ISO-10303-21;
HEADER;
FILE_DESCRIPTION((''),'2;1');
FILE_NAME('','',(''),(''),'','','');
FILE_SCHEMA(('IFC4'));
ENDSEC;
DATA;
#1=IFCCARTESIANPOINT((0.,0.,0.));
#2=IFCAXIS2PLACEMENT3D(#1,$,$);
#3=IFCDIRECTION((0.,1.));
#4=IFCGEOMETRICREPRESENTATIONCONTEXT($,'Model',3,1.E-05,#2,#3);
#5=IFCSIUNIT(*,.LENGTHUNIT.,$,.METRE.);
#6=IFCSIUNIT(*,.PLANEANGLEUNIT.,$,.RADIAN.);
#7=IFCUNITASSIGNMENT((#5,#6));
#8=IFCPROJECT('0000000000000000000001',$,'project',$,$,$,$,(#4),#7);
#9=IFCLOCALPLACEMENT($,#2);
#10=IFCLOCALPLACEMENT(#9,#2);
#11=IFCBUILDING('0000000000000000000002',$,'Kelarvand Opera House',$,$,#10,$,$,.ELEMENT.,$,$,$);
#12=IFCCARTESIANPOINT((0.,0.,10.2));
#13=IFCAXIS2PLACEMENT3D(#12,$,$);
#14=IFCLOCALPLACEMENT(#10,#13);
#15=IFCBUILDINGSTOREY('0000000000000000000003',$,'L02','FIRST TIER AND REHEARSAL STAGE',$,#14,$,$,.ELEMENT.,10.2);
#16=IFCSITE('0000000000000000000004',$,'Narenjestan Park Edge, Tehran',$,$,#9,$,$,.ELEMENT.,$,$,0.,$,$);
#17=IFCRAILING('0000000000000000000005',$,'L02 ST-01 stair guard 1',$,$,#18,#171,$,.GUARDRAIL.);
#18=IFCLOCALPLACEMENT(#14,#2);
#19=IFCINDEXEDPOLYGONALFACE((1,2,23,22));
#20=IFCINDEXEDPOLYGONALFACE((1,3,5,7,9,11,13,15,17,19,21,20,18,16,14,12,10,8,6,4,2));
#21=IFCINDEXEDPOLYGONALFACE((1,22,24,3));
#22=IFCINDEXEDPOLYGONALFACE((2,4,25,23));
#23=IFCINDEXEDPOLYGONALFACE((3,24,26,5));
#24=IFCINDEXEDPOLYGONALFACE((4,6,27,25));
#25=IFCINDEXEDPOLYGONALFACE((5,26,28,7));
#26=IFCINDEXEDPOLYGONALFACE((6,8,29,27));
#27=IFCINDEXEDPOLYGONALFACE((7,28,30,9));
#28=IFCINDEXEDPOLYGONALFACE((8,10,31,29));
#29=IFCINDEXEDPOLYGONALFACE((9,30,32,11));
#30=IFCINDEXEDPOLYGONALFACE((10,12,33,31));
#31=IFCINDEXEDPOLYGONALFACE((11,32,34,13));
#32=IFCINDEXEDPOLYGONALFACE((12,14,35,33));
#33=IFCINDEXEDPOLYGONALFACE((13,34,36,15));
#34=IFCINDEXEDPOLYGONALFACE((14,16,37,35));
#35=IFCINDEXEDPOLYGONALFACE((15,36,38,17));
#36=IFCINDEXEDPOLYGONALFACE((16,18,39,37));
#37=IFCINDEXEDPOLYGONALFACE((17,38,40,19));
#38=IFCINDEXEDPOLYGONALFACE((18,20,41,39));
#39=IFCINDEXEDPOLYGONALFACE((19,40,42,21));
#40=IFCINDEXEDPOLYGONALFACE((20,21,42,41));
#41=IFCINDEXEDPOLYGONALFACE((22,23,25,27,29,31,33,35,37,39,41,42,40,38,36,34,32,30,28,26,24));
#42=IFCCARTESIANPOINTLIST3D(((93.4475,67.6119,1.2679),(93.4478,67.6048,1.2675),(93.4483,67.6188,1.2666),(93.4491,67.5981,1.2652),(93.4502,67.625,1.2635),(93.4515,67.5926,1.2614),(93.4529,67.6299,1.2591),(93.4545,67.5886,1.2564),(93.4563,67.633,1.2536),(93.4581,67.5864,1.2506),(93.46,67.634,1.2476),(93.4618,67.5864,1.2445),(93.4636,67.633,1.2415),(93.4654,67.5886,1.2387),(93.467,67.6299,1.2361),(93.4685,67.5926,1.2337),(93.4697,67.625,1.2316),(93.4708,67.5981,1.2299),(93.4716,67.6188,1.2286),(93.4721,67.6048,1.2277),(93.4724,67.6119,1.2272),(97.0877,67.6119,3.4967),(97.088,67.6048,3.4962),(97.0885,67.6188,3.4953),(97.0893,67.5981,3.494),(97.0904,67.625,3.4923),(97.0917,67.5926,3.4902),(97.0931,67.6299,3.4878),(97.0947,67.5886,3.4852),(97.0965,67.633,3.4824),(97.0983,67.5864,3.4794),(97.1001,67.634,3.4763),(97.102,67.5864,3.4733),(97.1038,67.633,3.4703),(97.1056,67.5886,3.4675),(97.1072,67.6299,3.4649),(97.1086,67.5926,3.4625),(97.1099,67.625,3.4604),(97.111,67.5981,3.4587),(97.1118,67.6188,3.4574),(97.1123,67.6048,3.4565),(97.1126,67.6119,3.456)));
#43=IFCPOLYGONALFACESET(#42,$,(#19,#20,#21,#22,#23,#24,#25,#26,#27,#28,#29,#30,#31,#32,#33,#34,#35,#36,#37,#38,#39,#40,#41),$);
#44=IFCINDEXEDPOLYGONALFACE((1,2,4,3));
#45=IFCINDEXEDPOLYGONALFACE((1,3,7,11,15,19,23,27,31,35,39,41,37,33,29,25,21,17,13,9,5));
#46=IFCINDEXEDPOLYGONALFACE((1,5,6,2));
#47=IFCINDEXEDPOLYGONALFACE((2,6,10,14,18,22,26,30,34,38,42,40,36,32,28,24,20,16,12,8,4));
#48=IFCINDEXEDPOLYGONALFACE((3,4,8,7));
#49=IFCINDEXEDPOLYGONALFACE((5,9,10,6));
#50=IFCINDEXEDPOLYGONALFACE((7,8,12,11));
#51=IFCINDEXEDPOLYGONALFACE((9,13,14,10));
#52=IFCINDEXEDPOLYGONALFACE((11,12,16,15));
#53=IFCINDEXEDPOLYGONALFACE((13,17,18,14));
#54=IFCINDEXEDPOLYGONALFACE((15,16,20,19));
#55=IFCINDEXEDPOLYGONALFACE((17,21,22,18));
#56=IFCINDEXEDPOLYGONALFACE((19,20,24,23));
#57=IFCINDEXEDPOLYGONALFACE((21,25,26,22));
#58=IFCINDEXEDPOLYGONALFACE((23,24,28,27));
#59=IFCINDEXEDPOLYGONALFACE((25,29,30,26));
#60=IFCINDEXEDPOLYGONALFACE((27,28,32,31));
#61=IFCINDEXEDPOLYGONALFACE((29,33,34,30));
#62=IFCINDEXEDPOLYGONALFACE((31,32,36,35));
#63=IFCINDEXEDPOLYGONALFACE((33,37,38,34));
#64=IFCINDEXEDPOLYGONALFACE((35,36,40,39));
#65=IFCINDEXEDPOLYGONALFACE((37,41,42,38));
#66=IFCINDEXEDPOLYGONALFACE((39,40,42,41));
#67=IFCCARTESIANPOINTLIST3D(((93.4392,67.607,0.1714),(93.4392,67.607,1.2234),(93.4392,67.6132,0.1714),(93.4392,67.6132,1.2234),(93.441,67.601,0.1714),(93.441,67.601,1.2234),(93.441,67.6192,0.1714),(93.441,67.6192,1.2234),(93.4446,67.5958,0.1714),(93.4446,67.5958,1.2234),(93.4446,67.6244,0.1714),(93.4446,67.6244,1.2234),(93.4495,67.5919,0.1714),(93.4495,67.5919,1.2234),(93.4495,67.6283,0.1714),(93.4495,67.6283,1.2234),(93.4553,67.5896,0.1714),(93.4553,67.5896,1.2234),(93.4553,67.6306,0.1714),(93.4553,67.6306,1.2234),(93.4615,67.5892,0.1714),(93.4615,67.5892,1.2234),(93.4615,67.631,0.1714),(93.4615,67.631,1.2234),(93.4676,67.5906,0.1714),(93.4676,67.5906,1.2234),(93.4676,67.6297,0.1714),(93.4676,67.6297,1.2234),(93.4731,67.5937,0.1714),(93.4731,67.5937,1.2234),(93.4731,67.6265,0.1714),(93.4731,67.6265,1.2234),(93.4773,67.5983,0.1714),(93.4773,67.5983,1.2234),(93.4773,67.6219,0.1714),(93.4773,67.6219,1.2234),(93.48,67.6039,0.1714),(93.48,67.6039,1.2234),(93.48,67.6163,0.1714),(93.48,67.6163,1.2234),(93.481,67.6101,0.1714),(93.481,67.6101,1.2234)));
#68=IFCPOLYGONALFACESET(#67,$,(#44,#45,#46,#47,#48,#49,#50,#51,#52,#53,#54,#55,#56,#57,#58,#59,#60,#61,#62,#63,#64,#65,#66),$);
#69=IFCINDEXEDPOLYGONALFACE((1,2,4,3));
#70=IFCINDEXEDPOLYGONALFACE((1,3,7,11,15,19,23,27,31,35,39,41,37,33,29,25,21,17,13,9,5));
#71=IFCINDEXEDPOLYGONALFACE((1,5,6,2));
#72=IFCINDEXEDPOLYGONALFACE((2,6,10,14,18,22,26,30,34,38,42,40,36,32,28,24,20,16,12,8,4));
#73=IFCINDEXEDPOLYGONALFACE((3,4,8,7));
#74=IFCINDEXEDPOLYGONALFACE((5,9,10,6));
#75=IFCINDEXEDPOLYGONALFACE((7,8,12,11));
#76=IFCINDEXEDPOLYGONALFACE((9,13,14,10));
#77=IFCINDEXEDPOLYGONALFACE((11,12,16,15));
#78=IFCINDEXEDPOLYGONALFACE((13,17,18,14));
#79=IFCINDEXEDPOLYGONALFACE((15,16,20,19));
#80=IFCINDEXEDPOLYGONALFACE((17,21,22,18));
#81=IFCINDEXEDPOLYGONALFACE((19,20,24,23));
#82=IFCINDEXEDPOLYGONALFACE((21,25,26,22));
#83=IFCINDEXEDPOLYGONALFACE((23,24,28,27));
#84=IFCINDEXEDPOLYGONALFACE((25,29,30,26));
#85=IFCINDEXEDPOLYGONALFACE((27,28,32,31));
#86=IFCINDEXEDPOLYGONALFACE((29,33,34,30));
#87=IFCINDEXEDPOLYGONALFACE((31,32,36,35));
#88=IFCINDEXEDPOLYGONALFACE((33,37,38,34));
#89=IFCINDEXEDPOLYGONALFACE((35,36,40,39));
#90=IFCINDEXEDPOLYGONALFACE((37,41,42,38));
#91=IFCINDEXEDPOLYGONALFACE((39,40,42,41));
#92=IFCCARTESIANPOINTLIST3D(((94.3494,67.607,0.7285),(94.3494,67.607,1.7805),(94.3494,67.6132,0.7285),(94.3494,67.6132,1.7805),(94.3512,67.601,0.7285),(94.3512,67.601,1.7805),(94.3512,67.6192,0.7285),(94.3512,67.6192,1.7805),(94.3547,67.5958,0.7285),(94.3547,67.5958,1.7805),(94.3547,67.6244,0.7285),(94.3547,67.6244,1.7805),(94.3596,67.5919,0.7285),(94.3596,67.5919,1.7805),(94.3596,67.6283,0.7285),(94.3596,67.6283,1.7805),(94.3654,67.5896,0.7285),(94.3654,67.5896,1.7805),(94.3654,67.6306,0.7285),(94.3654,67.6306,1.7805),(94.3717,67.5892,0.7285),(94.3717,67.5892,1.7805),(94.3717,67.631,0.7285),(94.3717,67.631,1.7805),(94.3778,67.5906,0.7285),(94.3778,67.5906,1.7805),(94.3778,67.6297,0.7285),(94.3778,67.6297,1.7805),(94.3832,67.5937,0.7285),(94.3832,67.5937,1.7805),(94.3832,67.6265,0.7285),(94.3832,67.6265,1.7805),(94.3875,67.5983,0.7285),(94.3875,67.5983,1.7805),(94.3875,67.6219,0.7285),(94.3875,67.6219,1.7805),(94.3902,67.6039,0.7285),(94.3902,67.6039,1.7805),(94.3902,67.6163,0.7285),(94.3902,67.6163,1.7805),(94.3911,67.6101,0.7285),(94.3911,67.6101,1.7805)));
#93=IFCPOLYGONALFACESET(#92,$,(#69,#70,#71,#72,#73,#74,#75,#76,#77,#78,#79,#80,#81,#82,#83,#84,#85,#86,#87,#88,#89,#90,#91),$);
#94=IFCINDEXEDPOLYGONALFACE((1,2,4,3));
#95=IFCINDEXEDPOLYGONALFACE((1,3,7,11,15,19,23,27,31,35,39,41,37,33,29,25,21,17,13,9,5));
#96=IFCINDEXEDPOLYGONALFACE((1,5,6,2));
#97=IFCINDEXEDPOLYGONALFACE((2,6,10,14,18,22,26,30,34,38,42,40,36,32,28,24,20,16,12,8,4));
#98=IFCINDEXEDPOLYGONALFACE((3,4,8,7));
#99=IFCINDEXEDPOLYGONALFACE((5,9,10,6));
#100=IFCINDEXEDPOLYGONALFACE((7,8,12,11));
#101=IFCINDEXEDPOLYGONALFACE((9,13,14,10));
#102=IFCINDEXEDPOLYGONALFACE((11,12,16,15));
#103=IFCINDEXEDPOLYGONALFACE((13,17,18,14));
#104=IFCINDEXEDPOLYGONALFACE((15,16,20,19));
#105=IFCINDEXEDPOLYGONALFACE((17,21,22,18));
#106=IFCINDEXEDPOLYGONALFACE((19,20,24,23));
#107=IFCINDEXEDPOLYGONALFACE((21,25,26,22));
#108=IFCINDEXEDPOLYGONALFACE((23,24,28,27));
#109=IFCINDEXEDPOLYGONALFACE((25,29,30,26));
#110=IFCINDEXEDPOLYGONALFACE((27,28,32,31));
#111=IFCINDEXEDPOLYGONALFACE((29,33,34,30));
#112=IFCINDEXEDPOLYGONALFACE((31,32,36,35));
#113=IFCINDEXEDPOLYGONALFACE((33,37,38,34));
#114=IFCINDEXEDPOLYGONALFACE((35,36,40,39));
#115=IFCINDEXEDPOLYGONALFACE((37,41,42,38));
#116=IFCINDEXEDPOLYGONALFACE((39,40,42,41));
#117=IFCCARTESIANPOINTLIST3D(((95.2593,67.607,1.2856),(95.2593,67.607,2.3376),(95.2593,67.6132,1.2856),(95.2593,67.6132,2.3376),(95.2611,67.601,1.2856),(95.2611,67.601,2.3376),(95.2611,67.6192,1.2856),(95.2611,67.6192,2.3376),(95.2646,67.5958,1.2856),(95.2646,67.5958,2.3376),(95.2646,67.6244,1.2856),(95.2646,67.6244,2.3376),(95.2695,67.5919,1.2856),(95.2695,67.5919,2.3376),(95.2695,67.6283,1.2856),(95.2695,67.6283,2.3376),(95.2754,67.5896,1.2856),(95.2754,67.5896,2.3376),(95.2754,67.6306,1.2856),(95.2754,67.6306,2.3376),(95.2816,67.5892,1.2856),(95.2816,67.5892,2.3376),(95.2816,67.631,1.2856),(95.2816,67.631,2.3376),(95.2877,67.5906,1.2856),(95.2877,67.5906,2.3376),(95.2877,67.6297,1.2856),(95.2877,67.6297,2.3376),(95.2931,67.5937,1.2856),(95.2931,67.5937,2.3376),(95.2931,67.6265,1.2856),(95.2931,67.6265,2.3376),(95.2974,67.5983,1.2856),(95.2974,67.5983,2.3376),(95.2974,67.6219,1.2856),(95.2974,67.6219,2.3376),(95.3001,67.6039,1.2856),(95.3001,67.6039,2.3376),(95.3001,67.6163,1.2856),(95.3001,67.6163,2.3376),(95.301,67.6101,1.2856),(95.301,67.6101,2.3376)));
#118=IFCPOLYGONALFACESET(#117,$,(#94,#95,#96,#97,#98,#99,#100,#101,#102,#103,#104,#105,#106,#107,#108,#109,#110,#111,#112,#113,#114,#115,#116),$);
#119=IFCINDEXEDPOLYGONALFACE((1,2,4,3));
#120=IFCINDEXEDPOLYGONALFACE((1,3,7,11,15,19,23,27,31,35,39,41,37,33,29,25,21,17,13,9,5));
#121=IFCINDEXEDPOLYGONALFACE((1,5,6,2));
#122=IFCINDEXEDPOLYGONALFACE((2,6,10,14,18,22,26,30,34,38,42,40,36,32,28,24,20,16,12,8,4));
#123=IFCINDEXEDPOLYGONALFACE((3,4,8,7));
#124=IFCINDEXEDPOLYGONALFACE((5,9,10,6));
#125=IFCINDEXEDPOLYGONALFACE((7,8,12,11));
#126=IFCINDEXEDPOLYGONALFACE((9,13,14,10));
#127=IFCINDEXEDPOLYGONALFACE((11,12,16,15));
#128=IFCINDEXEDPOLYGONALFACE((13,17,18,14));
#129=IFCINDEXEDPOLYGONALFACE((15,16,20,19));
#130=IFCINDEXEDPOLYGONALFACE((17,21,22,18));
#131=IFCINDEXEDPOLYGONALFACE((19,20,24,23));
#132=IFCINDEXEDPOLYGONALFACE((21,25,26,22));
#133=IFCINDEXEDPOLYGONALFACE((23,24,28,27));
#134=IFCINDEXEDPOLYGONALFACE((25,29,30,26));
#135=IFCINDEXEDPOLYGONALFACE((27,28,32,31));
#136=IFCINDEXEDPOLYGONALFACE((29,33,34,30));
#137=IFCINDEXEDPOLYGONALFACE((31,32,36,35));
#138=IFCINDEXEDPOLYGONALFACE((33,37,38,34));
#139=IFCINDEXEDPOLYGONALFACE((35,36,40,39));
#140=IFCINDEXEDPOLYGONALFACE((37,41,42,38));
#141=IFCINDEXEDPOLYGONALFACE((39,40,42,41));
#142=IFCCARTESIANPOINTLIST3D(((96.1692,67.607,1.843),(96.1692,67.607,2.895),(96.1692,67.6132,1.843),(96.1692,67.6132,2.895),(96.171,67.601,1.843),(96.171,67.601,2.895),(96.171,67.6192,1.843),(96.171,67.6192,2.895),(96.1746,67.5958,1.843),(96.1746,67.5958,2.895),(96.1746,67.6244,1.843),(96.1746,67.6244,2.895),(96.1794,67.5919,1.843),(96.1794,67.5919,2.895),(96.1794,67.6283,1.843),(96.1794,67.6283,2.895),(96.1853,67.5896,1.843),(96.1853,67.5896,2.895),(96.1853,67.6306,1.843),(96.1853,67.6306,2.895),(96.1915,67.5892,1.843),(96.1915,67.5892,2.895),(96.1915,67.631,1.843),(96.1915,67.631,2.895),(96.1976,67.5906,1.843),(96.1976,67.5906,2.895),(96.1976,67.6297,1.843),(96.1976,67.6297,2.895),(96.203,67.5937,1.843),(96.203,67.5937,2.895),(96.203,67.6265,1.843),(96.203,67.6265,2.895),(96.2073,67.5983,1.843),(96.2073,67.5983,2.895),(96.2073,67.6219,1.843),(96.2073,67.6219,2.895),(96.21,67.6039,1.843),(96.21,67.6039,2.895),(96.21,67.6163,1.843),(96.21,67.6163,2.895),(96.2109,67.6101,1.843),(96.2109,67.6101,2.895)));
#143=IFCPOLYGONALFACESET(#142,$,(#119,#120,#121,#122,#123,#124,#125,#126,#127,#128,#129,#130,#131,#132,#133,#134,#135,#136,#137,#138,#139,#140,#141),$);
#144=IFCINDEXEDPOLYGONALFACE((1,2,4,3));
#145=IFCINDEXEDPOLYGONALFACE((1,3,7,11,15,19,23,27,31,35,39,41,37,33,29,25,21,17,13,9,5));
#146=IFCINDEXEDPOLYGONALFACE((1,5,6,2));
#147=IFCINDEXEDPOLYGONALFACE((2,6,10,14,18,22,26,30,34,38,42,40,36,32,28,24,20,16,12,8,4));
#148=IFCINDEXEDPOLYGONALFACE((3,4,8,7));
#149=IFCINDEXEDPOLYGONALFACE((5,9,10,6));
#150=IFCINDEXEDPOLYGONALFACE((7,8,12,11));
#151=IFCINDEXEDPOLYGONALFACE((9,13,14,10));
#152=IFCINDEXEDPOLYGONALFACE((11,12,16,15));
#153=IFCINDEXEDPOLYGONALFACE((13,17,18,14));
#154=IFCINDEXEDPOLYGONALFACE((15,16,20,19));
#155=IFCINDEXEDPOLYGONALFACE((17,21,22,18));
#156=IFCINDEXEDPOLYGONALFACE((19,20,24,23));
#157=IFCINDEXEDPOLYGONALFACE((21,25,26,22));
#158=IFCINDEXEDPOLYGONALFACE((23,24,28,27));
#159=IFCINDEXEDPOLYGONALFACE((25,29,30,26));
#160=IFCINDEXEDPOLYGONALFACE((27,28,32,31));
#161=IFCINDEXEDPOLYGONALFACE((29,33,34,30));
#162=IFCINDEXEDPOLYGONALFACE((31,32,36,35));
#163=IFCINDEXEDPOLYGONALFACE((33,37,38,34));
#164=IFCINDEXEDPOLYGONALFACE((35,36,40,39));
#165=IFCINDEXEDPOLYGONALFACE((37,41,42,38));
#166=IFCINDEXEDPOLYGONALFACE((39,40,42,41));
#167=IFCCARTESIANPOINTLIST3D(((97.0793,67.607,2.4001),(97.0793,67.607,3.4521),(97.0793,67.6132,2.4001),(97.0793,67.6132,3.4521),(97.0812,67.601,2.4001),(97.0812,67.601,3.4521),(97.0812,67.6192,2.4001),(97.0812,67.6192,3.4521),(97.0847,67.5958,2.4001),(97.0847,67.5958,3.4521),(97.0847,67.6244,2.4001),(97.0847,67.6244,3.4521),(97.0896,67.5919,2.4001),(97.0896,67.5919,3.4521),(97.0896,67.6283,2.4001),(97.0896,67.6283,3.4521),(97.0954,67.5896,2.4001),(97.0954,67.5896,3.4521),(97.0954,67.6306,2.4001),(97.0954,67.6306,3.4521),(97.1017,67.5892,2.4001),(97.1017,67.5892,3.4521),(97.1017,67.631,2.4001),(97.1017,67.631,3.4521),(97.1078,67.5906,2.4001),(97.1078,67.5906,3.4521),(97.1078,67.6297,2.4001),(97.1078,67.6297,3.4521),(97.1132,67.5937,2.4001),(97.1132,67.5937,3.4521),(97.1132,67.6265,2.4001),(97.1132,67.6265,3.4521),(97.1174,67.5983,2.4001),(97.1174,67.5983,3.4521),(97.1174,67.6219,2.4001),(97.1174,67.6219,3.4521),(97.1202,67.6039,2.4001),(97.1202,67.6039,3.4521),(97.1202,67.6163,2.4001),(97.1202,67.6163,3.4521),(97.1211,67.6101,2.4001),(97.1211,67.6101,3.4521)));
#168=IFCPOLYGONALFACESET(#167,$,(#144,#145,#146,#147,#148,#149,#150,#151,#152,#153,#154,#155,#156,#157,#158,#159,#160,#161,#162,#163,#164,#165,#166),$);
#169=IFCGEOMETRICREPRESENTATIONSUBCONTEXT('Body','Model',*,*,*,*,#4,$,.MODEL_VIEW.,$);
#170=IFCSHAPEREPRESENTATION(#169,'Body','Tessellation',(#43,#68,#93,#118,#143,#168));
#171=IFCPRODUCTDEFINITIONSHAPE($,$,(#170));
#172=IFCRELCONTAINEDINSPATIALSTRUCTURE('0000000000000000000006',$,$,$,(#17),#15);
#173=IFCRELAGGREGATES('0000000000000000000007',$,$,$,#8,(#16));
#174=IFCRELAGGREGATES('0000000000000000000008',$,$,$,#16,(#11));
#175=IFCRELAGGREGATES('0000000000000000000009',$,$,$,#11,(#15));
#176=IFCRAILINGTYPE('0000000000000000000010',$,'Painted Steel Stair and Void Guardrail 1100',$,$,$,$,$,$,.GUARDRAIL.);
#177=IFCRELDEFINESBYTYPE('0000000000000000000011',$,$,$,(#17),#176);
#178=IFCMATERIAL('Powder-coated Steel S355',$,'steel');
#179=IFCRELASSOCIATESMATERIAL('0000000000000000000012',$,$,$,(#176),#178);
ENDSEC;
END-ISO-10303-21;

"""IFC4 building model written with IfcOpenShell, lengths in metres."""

from ifc_helpers import new_model, si_unit, direction, frame, origin, origin_2d, place, context, subcontext, project, spatial, circle, extrude, material, type_object, element, save


model = new_model("IFC4")

# Units and contexts
model_context = context("Model", 3, precision=1e-05, world=origin(), true_north=direction((0.0, 1.0)))
body_context = subcontext(model_context, "Body", "Model", "MODEL_VIEW")
ifc_project = project(units=[si_unit("LENGTHUNIT", "METRE"), si_unit("PLANEANGLEUNIT", "RADIAN")], contexts=[model_context])

# Site, building, storey
site_placement = place(None, origin())
site = spatial("IfcSite", under=ifc_project, at=site_placement, Name="Narenjestan Park Edge, Tehran", CompositionType="ELEMENT", RefElevation=0.0)
building_placement = place(site_placement, origin())
building = spatial("IfcBuilding", under=site, at=building_placement, Name="Kelarvand Opera House", CompositionType="ELEMENT")
storey_placement = place(building_placement, frame((0.0, 0.0, 10.2)))
storey = spatial("IfcBuildingStorey", under=building, at=storey_placement, Name="L02", Description="FIRST TIER AND REHEARSAL STAGE", CompositionType="ELEMENT", Elevation=10.2)

# Railing
ifc_material_1 = material(Name="Powder-coated Steel S355", Category="steel")
railing_type_1 = type_object("IfcRailingType", Name="Painted Steel Stair and Void Guardrail 1100", PredefinedType="GUARDRAIL", material=ifc_material_1)
railing_1_placement = place(storey_placement, frame((93.46, 67.6101, 0.1714)))
element("IfcRailing", 1, at=railing_1_placement, inside=storey, type_object=railing_type_1, Name="L02 ST-01 stair guard 1", PredefinedType="GUARDRAIL", context=body_context, shape_type="SweptSolid", body=[
    extrude(circle(Radius=0.0239, at=origin_2d()), frame((0.0, 0.0, 1.0762), z_axis=(0.85284, 0.0, 0.522172), x_axis=(0.0, 1.0, 0.0)), (0.0, 0.0, 1.0), 4.2683),
    extrude(circle(Radius=0.021, at=origin_2d()), origin(), (0.0, 0.0, 1.0), 1.052),
    extrude(circle(Radius=0.021, at=origin_2d()), frame((0.9102, 0.0, 0.5571)), (0.0, 0.0, 1.0), 1.052),
    extrude(circle(Radius=0.021, at=origin_2d()), frame((1.8201, 0.0, 1.1143)), (0.0, 0.0, 1.0), 1.052),
    extrude(circle(Radius=0.021, at=origin_2d()), frame((2.73, 0.0, 1.6716)), (0.0, 0.0, 1.0), 1.052),
    extrude(circle(Radius=0.021, at=origin_2d()), frame((3.6401, 0.0, 2.2288)), (0.0, 0.0, 1.0), 1.052),
])

save(model, "model.ifc")
